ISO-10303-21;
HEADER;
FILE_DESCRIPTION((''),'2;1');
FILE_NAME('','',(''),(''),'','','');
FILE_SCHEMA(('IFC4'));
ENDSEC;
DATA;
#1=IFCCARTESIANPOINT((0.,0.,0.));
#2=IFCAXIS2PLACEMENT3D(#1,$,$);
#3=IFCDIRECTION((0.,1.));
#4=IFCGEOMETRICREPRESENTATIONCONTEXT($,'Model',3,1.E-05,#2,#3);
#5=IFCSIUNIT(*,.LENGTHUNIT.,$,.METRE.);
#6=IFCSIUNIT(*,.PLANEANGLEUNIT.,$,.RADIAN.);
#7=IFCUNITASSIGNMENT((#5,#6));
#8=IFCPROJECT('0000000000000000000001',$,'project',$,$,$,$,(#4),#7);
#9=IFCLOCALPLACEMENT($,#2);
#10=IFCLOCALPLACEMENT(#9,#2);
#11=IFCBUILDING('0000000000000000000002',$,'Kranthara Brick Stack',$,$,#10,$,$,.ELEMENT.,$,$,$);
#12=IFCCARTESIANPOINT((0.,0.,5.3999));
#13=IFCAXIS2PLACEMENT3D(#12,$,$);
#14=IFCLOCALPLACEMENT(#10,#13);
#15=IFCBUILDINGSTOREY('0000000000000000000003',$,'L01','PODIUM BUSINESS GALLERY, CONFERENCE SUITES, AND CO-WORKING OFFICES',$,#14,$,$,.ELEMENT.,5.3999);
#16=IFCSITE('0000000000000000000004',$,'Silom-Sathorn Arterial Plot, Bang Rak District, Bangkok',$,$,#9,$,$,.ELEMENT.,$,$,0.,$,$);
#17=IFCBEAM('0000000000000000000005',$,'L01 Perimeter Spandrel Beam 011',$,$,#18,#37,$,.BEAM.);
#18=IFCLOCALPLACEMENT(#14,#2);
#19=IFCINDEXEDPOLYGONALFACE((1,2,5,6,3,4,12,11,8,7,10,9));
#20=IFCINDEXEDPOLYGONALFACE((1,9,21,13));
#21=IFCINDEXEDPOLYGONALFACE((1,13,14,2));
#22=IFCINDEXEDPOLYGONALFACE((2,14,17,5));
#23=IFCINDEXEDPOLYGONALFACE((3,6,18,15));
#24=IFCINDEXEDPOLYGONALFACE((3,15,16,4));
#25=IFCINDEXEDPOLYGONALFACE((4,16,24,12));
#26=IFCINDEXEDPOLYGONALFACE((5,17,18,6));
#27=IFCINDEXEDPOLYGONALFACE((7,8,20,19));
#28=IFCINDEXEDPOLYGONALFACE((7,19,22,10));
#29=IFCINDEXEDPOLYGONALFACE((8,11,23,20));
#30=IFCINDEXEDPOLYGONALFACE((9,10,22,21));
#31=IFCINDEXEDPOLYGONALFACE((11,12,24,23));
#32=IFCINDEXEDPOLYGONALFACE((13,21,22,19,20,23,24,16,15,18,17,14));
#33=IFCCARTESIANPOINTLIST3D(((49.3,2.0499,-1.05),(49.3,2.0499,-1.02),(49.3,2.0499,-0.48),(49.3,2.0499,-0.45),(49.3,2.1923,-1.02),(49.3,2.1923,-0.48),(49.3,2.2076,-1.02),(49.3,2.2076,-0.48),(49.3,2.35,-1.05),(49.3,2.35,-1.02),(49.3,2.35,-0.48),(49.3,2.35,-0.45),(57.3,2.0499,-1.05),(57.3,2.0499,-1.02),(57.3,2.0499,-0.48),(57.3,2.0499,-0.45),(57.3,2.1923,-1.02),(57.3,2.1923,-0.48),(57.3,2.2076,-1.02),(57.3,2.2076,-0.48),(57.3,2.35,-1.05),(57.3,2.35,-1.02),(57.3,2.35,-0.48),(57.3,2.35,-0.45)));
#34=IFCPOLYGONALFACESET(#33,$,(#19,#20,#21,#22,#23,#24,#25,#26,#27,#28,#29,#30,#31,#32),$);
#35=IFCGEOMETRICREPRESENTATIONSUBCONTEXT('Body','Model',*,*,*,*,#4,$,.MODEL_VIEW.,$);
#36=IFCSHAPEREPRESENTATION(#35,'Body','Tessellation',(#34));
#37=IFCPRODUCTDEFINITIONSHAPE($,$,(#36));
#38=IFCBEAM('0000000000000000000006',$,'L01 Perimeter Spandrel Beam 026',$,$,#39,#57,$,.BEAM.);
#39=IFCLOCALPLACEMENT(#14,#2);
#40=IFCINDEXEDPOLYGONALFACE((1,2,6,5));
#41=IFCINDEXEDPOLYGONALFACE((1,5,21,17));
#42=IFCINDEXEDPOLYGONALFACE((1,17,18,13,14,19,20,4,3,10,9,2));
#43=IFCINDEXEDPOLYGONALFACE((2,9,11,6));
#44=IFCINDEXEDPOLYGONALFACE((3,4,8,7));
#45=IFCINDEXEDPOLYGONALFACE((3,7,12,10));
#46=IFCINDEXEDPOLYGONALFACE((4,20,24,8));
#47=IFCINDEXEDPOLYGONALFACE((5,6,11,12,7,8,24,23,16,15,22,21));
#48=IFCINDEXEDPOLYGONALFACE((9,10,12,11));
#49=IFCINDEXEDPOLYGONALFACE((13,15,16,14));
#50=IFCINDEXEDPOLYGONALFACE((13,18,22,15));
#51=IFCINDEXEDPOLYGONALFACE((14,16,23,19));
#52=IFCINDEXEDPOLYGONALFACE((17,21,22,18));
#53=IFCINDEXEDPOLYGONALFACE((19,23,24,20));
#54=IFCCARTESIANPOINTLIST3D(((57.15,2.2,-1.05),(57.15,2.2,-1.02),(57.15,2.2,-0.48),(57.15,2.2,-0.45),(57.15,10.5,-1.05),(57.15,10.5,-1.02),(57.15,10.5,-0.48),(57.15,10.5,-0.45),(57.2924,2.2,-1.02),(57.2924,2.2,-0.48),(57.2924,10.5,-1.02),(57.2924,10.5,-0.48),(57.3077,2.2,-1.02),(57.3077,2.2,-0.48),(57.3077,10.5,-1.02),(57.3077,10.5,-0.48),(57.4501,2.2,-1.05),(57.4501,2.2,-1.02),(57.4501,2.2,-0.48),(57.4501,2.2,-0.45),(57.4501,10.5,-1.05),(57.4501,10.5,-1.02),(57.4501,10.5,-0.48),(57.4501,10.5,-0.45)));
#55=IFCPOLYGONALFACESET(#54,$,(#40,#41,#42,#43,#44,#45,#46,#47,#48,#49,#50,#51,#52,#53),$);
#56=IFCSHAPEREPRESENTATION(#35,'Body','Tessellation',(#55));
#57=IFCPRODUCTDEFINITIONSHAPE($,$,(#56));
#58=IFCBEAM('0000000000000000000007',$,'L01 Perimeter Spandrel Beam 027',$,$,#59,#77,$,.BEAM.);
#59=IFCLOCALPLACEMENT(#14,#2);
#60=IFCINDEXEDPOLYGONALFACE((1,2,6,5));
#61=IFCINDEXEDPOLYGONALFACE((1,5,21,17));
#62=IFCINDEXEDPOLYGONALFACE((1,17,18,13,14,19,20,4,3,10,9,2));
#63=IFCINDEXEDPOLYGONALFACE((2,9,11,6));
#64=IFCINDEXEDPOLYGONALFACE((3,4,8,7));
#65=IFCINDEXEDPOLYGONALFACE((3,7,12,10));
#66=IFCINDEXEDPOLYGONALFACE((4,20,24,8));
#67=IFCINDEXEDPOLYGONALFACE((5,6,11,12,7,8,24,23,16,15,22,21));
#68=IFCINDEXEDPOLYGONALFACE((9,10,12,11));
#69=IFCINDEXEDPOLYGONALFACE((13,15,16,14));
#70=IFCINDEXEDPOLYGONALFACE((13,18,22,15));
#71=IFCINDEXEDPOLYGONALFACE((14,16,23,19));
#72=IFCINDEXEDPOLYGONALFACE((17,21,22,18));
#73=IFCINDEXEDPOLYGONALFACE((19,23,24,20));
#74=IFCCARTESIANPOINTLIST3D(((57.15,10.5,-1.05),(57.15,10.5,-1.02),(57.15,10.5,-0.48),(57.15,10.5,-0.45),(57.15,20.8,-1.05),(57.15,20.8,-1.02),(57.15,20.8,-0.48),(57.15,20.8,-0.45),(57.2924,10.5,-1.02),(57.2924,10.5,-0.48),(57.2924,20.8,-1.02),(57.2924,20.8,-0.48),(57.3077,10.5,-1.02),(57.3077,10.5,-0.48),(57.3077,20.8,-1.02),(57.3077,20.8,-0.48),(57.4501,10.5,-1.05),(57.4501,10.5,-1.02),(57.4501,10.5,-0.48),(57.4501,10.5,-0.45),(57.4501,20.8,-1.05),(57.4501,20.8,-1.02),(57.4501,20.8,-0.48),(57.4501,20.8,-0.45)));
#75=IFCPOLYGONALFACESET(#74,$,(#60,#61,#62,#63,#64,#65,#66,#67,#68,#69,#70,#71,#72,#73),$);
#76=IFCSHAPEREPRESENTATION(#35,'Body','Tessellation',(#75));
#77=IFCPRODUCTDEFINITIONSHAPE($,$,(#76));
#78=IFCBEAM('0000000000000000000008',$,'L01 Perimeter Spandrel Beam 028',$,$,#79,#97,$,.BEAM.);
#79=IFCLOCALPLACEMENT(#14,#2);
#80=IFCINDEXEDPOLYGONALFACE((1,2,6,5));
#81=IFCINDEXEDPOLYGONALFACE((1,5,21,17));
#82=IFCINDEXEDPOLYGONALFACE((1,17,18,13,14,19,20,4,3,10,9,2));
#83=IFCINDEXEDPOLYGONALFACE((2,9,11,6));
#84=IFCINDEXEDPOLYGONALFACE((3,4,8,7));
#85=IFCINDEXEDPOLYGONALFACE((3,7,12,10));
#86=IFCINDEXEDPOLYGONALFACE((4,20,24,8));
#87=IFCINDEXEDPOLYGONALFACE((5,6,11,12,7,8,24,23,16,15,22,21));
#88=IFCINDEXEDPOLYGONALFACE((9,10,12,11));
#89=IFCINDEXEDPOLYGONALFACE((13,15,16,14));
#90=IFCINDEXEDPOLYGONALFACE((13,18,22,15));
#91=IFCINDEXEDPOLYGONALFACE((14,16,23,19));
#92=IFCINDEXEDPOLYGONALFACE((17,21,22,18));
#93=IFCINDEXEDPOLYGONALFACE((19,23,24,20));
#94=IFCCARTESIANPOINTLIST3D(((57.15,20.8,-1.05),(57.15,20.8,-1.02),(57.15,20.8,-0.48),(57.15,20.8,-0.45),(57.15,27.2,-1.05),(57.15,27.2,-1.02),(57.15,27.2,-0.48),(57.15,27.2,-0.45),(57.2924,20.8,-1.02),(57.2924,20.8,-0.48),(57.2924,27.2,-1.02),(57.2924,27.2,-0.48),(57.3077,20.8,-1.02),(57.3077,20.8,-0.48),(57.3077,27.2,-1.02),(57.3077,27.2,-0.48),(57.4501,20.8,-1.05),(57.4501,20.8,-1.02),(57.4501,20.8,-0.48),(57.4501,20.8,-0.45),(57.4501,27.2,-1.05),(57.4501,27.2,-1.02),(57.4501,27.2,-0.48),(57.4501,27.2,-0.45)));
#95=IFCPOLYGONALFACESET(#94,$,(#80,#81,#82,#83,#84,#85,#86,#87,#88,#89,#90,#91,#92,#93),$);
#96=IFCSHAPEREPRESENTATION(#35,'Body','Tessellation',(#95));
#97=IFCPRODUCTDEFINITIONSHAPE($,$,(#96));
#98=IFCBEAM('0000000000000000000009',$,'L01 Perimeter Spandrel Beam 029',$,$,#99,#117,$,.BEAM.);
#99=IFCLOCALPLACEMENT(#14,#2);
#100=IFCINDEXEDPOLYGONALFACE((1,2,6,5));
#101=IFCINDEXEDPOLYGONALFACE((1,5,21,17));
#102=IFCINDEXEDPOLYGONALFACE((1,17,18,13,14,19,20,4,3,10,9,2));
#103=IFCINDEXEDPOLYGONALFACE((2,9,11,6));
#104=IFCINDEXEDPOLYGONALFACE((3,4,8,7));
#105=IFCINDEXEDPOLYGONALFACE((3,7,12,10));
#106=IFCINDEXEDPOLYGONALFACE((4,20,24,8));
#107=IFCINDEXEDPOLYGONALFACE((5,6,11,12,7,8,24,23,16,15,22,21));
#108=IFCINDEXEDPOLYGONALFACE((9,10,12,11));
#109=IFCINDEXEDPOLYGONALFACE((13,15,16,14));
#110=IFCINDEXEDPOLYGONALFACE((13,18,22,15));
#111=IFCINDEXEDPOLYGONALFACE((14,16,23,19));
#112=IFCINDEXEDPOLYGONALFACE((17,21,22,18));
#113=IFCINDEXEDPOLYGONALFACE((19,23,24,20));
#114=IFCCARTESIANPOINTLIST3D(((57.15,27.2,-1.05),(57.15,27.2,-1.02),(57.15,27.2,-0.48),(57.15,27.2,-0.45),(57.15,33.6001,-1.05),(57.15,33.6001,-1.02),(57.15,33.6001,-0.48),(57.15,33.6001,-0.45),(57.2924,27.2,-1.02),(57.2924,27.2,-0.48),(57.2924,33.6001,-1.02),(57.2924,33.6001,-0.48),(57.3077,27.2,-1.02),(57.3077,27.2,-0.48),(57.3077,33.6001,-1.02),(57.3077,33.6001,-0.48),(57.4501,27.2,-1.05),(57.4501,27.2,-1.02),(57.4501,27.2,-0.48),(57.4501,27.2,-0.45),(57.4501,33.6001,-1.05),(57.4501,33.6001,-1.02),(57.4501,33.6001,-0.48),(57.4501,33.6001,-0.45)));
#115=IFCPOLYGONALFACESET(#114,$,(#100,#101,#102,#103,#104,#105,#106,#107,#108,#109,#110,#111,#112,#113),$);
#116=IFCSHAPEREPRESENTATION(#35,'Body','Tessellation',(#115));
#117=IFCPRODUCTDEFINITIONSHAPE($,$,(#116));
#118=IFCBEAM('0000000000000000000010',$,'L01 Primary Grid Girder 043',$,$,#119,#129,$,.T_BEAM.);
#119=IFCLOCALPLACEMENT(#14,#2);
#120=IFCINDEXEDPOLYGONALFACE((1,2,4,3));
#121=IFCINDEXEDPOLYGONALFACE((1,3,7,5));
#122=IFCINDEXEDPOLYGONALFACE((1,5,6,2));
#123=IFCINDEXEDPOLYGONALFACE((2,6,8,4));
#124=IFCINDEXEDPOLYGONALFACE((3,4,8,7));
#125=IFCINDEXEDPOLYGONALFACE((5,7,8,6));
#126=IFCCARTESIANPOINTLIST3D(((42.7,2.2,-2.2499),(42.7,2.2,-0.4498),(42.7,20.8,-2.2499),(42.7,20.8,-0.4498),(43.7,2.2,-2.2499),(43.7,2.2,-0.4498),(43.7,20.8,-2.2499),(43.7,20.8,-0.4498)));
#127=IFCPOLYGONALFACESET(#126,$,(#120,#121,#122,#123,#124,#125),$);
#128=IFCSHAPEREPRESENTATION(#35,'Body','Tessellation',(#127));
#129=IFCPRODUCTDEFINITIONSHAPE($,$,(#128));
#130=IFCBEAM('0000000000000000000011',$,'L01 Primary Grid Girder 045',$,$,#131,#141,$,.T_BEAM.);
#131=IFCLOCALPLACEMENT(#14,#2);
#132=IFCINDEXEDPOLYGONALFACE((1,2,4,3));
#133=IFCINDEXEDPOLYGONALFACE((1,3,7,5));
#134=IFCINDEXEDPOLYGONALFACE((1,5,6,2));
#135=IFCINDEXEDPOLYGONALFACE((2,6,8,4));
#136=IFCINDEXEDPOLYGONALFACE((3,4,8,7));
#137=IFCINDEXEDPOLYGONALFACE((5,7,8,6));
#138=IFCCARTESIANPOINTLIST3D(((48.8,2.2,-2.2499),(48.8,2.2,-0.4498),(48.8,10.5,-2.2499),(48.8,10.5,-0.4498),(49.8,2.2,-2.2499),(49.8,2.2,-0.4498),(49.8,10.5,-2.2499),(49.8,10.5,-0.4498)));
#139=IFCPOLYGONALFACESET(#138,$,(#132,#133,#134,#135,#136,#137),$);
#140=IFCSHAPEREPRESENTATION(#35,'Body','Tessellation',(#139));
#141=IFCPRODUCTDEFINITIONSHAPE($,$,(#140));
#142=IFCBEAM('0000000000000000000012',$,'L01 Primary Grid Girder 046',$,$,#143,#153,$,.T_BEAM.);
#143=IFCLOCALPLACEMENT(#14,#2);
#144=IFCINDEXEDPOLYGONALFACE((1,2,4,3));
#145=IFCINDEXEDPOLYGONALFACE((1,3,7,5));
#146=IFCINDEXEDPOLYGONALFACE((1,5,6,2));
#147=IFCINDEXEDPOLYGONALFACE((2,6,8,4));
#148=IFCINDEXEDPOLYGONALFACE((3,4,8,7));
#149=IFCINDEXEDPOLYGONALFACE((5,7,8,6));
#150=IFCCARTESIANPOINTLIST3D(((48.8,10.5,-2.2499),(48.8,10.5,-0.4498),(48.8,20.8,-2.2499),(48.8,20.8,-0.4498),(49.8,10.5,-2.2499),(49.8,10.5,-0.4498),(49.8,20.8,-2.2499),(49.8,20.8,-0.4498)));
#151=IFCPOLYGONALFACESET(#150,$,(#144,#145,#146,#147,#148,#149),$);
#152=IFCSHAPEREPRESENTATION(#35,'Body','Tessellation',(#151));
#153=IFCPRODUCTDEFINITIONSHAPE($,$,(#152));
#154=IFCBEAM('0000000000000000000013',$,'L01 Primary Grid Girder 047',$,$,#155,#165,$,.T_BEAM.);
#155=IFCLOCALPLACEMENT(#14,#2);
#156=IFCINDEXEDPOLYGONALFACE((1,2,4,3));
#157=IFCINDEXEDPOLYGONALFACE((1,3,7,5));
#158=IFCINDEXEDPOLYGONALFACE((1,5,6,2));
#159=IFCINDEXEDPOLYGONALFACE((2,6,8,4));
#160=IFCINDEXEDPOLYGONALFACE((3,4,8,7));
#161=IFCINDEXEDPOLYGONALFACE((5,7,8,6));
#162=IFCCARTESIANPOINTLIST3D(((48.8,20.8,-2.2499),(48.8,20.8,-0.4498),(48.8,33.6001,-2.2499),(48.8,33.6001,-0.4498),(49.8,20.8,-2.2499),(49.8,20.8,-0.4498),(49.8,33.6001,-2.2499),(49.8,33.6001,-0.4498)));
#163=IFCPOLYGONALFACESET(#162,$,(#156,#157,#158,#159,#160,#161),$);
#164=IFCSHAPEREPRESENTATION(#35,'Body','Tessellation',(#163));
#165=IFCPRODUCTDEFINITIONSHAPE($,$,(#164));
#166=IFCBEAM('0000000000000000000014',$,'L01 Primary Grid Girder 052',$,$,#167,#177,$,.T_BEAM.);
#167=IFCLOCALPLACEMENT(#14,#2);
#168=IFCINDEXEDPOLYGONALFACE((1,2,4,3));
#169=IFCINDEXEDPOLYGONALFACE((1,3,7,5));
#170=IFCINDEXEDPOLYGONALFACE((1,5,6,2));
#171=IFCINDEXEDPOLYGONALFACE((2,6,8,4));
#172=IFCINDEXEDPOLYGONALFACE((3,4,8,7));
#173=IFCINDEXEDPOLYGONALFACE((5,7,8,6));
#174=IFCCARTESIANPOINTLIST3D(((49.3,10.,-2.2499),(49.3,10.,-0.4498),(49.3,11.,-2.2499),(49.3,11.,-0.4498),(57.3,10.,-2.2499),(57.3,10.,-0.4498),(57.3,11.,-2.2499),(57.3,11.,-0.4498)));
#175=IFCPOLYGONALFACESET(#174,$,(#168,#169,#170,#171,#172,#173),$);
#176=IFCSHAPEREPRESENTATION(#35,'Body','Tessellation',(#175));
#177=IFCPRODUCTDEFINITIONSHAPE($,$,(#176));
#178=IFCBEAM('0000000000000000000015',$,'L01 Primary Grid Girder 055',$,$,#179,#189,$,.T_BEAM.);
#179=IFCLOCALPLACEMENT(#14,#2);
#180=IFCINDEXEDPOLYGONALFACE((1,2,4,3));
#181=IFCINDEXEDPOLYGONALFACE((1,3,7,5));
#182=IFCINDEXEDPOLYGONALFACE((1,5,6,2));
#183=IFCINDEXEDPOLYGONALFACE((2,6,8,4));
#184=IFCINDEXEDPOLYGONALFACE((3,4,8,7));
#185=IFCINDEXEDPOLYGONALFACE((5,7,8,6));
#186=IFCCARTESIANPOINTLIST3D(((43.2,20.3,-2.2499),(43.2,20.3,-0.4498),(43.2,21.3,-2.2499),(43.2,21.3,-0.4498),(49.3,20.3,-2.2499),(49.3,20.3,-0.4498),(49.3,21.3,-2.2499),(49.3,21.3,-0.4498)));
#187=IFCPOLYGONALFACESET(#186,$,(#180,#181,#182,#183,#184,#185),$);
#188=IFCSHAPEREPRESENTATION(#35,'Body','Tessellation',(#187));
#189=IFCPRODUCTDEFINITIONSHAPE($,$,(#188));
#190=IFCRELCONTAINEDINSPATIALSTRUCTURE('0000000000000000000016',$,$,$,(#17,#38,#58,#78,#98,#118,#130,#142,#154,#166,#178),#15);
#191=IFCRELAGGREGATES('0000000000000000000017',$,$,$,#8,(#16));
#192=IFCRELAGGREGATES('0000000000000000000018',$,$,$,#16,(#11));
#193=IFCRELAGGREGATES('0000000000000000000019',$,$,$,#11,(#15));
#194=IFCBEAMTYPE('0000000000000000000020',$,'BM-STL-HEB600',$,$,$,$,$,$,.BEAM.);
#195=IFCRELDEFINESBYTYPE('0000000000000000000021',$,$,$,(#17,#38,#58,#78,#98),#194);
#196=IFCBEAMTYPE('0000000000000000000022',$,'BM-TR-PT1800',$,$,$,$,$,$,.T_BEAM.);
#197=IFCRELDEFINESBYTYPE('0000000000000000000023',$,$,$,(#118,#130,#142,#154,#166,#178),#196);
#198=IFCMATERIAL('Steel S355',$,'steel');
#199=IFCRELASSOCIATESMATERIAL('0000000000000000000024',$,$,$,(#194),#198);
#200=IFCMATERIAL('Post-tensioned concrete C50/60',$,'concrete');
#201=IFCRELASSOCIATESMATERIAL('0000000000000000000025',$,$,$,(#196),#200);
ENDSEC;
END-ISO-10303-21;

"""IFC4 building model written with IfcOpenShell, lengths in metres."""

from ifc_helpers import new_model, si_unit, direction, frame, origin, origin_2d, place, context, subcontext, project, spatial, rectangle, i_section, extrude, material, material_profile, profile_set, type_object, element, save


model = new_model("IFC4")

# Units and contexts
model_context = context("Model", 3, precision=1e-05, world=origin(), true_north=direction((0.0, 1.0)))
body_context = subcontext(model_context, "Body", "Model", "MODEL_VIEW")
ifc_project = project(units=[si_unit("LENGTHUNIT", "METRE"), si_unit("PLANEANGLEUNIT", "RADIAN")], contexts=[model_context])

# Site, building, storey
site_placement = place(None, origin())
site = spatial("IfcSite", under=ifc_project, at=site_placement, Name="Silom-Sathorn Arterial Plot, Bang Rak District, Bangkok", CompositionType="ELEMENT", RefElevation=0.0)
building_placement = place(site_placement, origin())
building = spatial("IfcBuilding", under=site, at=building_placement, Name="Kranthara Brick Stack", CompositionType="ELEMENT")
storey_placement = place(building_placement, frame((0.0, 0.0, 5.3999)))
storey = spatial("IfcBuildingStorey", under=building, at=storey_placement, Name="L01", Description="PODIUM BUSINESS GALLERY, CONFERENCE SUITES, AND CO-WORKING OFFICES", CompositionType="ELEMENT", Elevation=5.3999)

# Beams
ifc_material_1 = material(Name="Steel S355", Category="steel")
ifc_material_profile_1 = material_profile(ifc_material_1, i_section(OverallWidth=0.3, OverallDepth=0.6001, WebThickness=0.0154, FlangeThickness=0.03, at=origin_2d()), Name="HEB 600")
ifc_profile_set_1 = profile_set([ifc_material_profile_1], Name="Steel S355")
beam_type_1 = type_object("IfcBeamType", Name="BM-STL-HEB600", PredefinedType="BEAM", material=ifc_profile_set_1)
beam_1_placement = place(storey_placement, frame((49.3, 2.2, -0.75), z_axis=(1.0, 0.0, 0.0), x_axis=(0.0, 1.0, 0.0)))
element("IfcBeam", 1, at=beam_1_placement, inside=storey, type_object=beam_type_1, Name="L01 Perimeter Spandrel Beam 011", PredefinedType="BEAM", context=body_context, shape_type="SweptSolid", body=[
    extrude(i_section(OverallWidth=0.3, OverallDepth=0.6001, WebThickness=0.0154, FlangeThickness=0.03, at=origin_2d()), origin(), (0.0, 0.0, 1.0), 8.0),
])
beam_2_placement = place(storey_placement, frame((57.3, 2.2, -0.75), z_axis=(0.0, 1.0, 0.0), x_axis=(-1.0, 0.0, 0.0)))
element("IfcBeam", 2, at=beam_2_placement, inside=storey, type_object=beam_type_1, Name="L01 Perimeter Spandrel Beam 026", PredefinedType="BEAM", context=body_context, shape_type="SweptSolid", body=[
    extrude(i_section(OverallWidth=0.3, OverallDepth=0.6001, WebThickness=0.0154, FlangeThickness=0.03, at=origin_2d()), origin(), (0.0, 0.0, 1.0), 8.3),
])
beam_3_placement = place(storey_placement, frame((57.3, 10.5, -0.75), z_axis=(0.0, 1.0, 0.0), x_axis=(-1.0, 0.0, 0.0)))
element("IfcBeam", 3, at=beam_3_placement, inside=storey, type_object=beam_type_1, Name="L01 Perimeter Spandrel Beam 027", PredefinedType="BEAM", context=body_context, shape_type="SweptSolid", body=[
    extrude(i_section(OverallWidth=0.3, OverallDepth=0.6001, WebThickness=0.0154, FlangeThickness=0.03, at=origin_2d()), origin(), (0.0, 0.0, 1.0), 10.3),
])
beam_4_placement = place(storey_placement, frame((57.3, 20.8, -0.75), z_axis=(0.0, 1.0, 0.0), x_axis=(-1.0, 0.0, 0.0)))
element("IfcBeam", 4, at=beam_4_placement, inside=storey, type_object=beam_type_1, Name="L01 Perimeter Spandrel Beam 028", PredefinedType="BEAM", context=body_context, shape_type="SweptSolid", body=[
    extrude(i_section(OverallWidth=0.3, OverallDepth=0.6001, WebThickness=0.0154, FlangeThickness=0.03, at=origin_2d()), origin(), (0.0, 0.0, 1.0), 6.3999),
])
beam_5_placement = place(storey_placement, frame((57.3, 27.2, -0.75), z_axis=(0.0, 1.0, 0.0), x_axis=(-1.0, 0.0, 0.0)))
element("IfcBeam", 5, at=beam_5_placement, inside=storey, type_object=beam_type_1, Name="L01 Perimeter Spandrel Beam 029", PredefinedType="BEAM", context=body_context, shape_type="SweptSolid", body=[
    extrude(i_section(OverallWidth=0.3, OverallDepth=0.6001, WebThickness=0.0154, FlangeThickness=0.03, at=origin_2d()), origin(), (0.0, 0.0, 1.0), 6.4001),
])
ifc_material_2 = material(Name="Post-tensioned concrete C50/60", Category="concrete")
ifc_material_profile_2 = material_profile(ifc_material_2, rectangle(XDim=1.0, YDim=1.8, at=origin_2d()), Name="PT 1000x1800")
ifc_profile_set_2 = profile_set([ifc_material_profile_2], Name="Post-tensioned concrete C50/60")
beam_type_2 = type_object("IfcBeamType", Name="BM-TR-PT1800", PredefinedType="T_BEAM", material=ifc_profile_set_2)
beam_6_placement = place(storey_placement, frame((43.2, 2.2, -1.3499), z_axis=(0.0, 1.0, 0.0), x_axis=(-1.0, 0.0, 0.0)))
element("IfcBeam", 6, at=beam_6_placement, inside=storey, type_object=beam_type_2, Name="L01 Primary Grid Girder 043", PredefinedType="T_BEAM", context=body_context, shape_type="SweptSolid", body=[
    extrude(rectangle(XDim=1.0, YDim=1.8, at=origin_2d()), origin(), (0.0, 0.0, 1.0), 18.6001),
])
beam_7_placement = place(storey_placement, frame((49.3, 2.2, -1.3499), z_axis=(0.0, 1.0, 0.0), x_axis=(-1.0, 0.0, 0.0)))
element("IfcBeam", 7, at=beam_7_placement, inside=storey, type_object=beam_type_2, Name="L01 Primary Grid Girder 045", PredefinedType="T_BEAM", context=body_context, shape_type="SweptSolid", body=[
    extrude(rectangle(XDim=1.0, YDim=1.8, at=origin_2d()), origin(), (0.0, 0.0, 1.0), 8.3),
])
beam_8_placement = place(storey_placement, frame((49.3, 10.5, -1.3499), z_axis=(0.0, 1.0, 0.0), x_axis=(-1.0, 0.0, 0.0)))
element("IfcBeam", 8, at=beam_8_placement, inside=storey, type_object=beam_type_2, Name="L01 Primary Grid Girder 046", PredefinedType="T_BEAM", context=body_context, shape_type="SweptSolid", body=[
    extrude(rectangle(XDim=1.0, YDim=1.8, at=origin_2d()), origin(), (0.0, 0.0, 1.0), 10.3),
])
beam_9_placement = place(storey_placement, frame((49.3, 20.8, -1.3499), z_axis=(0.0, 1.0, 0.0), x_axis=(-1.0, 0.0, 0.0)))
element("IfcBeam", 9, at=beam_9_placement, inside=storey, type_object=beam_type_2, Name="L01 Primary Grid Girder 047", PredefinedType="T_BEAM", context=body_context, shape_type="SweptSolid", body=[
    extrude(rectangle(XDim=1.0, YDim=1.8, at=origin_2d()), origin(), (0.0, 0.0, 1.0), 12.8),
])
beam_10_placement = place(storey_placement, frame((49.3, 10.5, -1.3499), z_axis=(1.0, 0.0, 0.0), x_axis=(0.0, 1.0, 0.0)))
element("IfcBeam", 10, at=beam_10_placement, inside=storey, type_object=beam_type_2, Name="L01 Primary Grid Girder 052", PredefinedType="T_BEAM", context=body_context, shape_type="SweptSolid", body=[
    extrude(rectangle(XDim=1.0, YDim=1.8, at=origin_2d()), origin(), (0.0, 0.0, 1.0), 8.0),
])
beam_11_placement = place(storey_placement, frame((43.2, 20.8, -1.3499), z_axis=(1.0, 0.0, 0.0), x_axis=(0.0, 1.0, 0.0)))
element("IfcBeam", 11, at=beam_11_placement, inside=storey, type_object=beam_type_2, Name="L01 Primary Grid Girder 055", PredefinedType="T_BEAM", context=body_context, shape_type="SweptSolid", body=[
    extrude(rectangle(XDim=1.0, YDim=1.8, at=origin_2d()), origin(), (0.0, 0.0, 1.0), 6.1001),
])

save(model, "model.ifc")
